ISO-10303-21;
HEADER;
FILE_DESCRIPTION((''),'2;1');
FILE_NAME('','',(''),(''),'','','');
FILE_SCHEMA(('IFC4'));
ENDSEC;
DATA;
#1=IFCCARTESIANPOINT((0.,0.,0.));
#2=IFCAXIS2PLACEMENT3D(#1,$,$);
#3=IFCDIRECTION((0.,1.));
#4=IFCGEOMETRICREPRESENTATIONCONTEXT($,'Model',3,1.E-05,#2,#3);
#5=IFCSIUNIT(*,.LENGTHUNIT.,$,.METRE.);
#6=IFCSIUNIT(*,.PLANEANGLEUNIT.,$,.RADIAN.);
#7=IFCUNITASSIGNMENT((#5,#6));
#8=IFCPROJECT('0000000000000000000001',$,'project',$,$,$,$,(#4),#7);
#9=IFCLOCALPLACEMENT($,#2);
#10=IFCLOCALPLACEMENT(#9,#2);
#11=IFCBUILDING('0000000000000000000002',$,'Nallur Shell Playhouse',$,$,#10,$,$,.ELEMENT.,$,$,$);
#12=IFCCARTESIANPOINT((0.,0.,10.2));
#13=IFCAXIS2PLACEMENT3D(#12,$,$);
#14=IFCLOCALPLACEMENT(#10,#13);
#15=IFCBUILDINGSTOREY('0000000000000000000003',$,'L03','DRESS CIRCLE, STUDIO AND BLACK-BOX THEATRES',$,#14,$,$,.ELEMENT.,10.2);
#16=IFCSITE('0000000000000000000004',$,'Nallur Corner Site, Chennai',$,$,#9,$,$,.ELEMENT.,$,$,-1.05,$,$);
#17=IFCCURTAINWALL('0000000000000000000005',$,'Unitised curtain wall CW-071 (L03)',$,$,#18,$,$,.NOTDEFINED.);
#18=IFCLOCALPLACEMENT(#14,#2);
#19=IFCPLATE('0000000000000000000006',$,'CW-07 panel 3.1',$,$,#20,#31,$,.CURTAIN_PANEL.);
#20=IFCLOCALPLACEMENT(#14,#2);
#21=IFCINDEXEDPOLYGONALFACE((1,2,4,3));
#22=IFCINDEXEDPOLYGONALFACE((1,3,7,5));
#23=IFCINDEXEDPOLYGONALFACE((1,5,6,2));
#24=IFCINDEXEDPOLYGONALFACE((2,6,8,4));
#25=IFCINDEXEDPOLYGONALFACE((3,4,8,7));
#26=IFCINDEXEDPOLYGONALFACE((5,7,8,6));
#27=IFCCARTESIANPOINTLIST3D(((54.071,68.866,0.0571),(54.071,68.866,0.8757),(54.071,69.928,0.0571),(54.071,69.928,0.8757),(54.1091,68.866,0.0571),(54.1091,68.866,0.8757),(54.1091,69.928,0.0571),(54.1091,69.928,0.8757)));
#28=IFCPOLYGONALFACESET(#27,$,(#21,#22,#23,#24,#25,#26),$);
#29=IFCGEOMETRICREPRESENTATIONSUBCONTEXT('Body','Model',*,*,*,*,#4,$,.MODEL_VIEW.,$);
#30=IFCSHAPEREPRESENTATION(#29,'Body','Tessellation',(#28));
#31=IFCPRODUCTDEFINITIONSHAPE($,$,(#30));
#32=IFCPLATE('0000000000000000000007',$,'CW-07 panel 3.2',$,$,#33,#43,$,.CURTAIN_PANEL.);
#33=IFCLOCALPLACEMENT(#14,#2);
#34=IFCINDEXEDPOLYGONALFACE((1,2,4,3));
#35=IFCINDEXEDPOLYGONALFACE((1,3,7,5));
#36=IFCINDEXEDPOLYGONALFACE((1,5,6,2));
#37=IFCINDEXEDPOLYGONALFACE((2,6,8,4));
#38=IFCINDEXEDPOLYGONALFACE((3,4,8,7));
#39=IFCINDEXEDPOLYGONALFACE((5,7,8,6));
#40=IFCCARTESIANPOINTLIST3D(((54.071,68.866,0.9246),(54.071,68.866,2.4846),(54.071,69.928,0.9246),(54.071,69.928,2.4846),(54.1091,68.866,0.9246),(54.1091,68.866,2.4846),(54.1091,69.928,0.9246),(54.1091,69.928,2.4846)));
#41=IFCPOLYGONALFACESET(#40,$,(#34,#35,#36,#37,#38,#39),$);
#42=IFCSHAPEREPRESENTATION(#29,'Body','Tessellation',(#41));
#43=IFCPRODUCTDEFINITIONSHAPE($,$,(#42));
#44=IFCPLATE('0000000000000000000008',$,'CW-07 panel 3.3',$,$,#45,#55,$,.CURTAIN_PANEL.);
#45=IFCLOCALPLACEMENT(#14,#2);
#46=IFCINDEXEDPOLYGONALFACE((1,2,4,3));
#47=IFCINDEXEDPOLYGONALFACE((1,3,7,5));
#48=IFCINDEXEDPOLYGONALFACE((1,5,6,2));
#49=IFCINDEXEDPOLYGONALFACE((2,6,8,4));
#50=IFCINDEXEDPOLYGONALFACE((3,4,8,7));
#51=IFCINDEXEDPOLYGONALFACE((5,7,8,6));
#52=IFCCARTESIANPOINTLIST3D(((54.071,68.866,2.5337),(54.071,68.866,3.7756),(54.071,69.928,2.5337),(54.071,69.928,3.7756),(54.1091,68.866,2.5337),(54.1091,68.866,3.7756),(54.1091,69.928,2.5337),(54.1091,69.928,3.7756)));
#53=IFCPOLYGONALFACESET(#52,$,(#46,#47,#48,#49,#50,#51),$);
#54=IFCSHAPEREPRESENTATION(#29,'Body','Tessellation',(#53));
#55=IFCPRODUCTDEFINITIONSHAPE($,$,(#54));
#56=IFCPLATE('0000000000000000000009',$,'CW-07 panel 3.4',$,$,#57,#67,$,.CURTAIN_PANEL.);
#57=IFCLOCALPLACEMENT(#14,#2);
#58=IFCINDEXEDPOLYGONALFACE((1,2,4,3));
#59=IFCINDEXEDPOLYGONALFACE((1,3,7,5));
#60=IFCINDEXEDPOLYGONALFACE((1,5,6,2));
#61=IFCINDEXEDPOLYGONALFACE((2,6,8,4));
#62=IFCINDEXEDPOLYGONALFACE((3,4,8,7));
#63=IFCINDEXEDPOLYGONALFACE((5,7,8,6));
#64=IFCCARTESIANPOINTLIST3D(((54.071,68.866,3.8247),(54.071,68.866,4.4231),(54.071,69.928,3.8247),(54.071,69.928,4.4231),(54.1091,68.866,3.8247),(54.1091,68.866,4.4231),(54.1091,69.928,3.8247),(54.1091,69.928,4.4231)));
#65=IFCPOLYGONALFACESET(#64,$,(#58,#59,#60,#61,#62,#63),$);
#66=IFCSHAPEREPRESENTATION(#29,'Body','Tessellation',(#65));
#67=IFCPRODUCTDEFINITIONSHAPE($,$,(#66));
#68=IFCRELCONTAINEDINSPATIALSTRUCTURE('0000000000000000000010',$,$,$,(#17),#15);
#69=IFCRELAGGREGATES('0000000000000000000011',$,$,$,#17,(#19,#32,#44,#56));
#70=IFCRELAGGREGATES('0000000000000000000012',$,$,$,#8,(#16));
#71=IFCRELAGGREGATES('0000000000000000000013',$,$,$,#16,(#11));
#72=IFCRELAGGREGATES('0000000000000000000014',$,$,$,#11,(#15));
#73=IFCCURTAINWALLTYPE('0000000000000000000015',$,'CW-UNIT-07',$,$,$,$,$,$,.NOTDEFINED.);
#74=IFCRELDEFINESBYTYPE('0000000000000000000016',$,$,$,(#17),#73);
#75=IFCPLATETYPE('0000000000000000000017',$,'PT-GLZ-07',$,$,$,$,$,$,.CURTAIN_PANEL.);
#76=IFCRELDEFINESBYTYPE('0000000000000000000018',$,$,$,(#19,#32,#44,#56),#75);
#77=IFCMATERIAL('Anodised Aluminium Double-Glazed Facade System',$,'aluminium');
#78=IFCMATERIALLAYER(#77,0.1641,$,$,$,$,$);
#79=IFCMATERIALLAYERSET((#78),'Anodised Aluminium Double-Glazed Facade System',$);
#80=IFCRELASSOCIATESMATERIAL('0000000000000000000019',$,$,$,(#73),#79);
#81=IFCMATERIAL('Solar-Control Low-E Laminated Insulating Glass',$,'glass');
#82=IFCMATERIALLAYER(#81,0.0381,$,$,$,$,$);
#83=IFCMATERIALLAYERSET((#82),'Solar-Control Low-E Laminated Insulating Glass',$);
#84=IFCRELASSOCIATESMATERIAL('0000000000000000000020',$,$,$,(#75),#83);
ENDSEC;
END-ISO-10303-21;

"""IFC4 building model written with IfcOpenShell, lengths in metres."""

from ifc_helpers import new_model, si_unit, direction, frame, origin, origin_2d, place, context, subcontext, project, spatial, rectangle, extrude, material, layer, layer_set, type_object, element, aggregate, save


model = new_model("IFC4")

# Units and contexts
model_context = context("Model", 3, precision=1e-05, world=origin(), true_north=direction((0.0, 1.0)))
body_context = subcontext(model_context, "Body", "Model", "MODEL_VIEW")
ifc_project = project(units=[si_unit("LENGTHUNIT", "METRE"), si_unit("PLANEANGLEUNIT", "RADIAN")], contexts=[model_context])

# Site, building, storey
site_placement = place(None, origin())
site = spatial("IfcSite", under=ifc_project, at=site_placement, Name="Nallur Corner Site, Chennai", CompositionType="ELEMENT", RefElevation=-1.05)
building_placement = place(site_placement, origin())
building = spatial("IfcBuilding", under=site, at=building_placement, Name="Nallur Shell Playhouse", CompositionType="ELEMENT")
storey_placement = place(building_placement, frame((0.0, 0.0, 10.2)))
storey = spatial("IfcBuildingStorey", under=building, at=storey_placement, Name="L03", Description="DRESS CIRCLE, STUDIO AND BLACK-BOX THEATRES", CompositionType="ELEMENT", Elevation=10.2)

# Curtain wall, plates
ifc_material_1 = material(Name="Anodised Aluminium Double-Glazed Facade System", Category="aluminium")
ifc_layer_1 = layer(ifc_material_1, 0.1641)
ifc_layer_set_1 = layer_set([ifc_layer_1], Name="Anodised Aluminium Double-Glazed Facade System")
curtain_wall_type = type_object("IfcCurtainWallType", Name="CW-UNIT-07", PredefinedType="NOTDEFINED", material=ifc_layer_set_1)
curtain_wall_placement = place(storey_placement, origin())
curtain_wall = element("IfcCurtainWall", 1, at=curtain_wall_placement, inside=storey, type_object=curtain_wall_type, Name="Unitised curtain wall CW-071 (L03)", PredefinedType="NOTDEFINED")
ifc_material_2 = material(Name="Solar-Control Low-E Laminated Insulating Glass", Category="glass")
ifc_layer_2 = layer(ifc_material_2, 0.0381)
ifc_layer_set_2 = layer_set([ifc_layer_2], Name="Solar-Control Low-E Laminated Insulating Glass")
plate_type = type_object("IfcPlateType", Name="PT-GLZ-07", PredefinedType="CURTAIN_PANEL", material=ifc_layer_set_2)
plate_1_placement = place(storey_placement, frame((54.0901, 69.397, 0.0571), z_axis=(0.0, 0.0, 1.0), x_axis=(0.0, 1.0, 0.0)))
plate_1 = element("IfcPlate", 2, at=plate_1_placement, type_object=plate_type, Name="CW-07 panel 3.1", PredefinedType="CURTAIN_PANEL", context=body_context, shape_type="SweptSolid", body=[
    extrude(rectangle(XDim=1.062, YDim=0.0381, at=origin_2d()), origin(), (0.0, 0.0, 1.0), 0.8186),
])
plate_2_placement = place(storey_placement, frame((54.0901, 69.397, 0.9246), z_axis=(0.0, 0.0, 1.0), x_axis=(0.0, 1.0, 0.0)))
plate_2 = element("IfcPlate", 3, at=plate_2_placement, type_object=plate_type, Name="CW-07 panel 3.2", PredefinedType="CURTAIN_PANEL", context=body_context, shape_type="SweptSolid", body=[
    extrude(rectangle(XDim=1.062, YDim=0.0381, at=origin_2d()), origin(), (0.0, 0.0, 1.0), 1.5601),
])
plate_3_placement = place(storey_placement, frame((54.0901, 69.397, 2.5337), z_axis=(0.0, 0.0, 1.0), x_axis=(0.0, 1.0, 0.0)))
plate_3 = element("IfcPlate", 4, at=plate_3_placement, type_object=plate_type, Name="CW-07 panel 3.3", PredefinedType="CURTAIN_PANEL", context=body_context, shape_type="SweptSolid", body=[
    extrude(rectangle(XDim=1.062, YDim=0.0381, at=origin_2d()), origin(), (0.0, 0.0, 1.0), 1.2419),
])
plate_4_placement = place(storey_placement, frame((54.0901, 69.397, 3.8247), z_axis=(0.0, 0.0, 1.0), x_axis=(0.0, 1.0, 0.0)))
plate_4 = element("IfcPlate", 5, at=plate_4_placement, type_object=plate_type, Name="CW-07 panel 3.4", PredefinedType="CURTAIN_PANEL", context=body_context, shape_type="SweptSolid", body=[
    extrude(rectangle(XDim=1.062, YDim=0.0381, at=origin_2d()), origin(), (0.0, 0.0, 1.0), 0.5984),
])
aggregate(curtain_wall, [plate_1, plate_2, plate_3, plate_4])

save(model, "model.ifc")
